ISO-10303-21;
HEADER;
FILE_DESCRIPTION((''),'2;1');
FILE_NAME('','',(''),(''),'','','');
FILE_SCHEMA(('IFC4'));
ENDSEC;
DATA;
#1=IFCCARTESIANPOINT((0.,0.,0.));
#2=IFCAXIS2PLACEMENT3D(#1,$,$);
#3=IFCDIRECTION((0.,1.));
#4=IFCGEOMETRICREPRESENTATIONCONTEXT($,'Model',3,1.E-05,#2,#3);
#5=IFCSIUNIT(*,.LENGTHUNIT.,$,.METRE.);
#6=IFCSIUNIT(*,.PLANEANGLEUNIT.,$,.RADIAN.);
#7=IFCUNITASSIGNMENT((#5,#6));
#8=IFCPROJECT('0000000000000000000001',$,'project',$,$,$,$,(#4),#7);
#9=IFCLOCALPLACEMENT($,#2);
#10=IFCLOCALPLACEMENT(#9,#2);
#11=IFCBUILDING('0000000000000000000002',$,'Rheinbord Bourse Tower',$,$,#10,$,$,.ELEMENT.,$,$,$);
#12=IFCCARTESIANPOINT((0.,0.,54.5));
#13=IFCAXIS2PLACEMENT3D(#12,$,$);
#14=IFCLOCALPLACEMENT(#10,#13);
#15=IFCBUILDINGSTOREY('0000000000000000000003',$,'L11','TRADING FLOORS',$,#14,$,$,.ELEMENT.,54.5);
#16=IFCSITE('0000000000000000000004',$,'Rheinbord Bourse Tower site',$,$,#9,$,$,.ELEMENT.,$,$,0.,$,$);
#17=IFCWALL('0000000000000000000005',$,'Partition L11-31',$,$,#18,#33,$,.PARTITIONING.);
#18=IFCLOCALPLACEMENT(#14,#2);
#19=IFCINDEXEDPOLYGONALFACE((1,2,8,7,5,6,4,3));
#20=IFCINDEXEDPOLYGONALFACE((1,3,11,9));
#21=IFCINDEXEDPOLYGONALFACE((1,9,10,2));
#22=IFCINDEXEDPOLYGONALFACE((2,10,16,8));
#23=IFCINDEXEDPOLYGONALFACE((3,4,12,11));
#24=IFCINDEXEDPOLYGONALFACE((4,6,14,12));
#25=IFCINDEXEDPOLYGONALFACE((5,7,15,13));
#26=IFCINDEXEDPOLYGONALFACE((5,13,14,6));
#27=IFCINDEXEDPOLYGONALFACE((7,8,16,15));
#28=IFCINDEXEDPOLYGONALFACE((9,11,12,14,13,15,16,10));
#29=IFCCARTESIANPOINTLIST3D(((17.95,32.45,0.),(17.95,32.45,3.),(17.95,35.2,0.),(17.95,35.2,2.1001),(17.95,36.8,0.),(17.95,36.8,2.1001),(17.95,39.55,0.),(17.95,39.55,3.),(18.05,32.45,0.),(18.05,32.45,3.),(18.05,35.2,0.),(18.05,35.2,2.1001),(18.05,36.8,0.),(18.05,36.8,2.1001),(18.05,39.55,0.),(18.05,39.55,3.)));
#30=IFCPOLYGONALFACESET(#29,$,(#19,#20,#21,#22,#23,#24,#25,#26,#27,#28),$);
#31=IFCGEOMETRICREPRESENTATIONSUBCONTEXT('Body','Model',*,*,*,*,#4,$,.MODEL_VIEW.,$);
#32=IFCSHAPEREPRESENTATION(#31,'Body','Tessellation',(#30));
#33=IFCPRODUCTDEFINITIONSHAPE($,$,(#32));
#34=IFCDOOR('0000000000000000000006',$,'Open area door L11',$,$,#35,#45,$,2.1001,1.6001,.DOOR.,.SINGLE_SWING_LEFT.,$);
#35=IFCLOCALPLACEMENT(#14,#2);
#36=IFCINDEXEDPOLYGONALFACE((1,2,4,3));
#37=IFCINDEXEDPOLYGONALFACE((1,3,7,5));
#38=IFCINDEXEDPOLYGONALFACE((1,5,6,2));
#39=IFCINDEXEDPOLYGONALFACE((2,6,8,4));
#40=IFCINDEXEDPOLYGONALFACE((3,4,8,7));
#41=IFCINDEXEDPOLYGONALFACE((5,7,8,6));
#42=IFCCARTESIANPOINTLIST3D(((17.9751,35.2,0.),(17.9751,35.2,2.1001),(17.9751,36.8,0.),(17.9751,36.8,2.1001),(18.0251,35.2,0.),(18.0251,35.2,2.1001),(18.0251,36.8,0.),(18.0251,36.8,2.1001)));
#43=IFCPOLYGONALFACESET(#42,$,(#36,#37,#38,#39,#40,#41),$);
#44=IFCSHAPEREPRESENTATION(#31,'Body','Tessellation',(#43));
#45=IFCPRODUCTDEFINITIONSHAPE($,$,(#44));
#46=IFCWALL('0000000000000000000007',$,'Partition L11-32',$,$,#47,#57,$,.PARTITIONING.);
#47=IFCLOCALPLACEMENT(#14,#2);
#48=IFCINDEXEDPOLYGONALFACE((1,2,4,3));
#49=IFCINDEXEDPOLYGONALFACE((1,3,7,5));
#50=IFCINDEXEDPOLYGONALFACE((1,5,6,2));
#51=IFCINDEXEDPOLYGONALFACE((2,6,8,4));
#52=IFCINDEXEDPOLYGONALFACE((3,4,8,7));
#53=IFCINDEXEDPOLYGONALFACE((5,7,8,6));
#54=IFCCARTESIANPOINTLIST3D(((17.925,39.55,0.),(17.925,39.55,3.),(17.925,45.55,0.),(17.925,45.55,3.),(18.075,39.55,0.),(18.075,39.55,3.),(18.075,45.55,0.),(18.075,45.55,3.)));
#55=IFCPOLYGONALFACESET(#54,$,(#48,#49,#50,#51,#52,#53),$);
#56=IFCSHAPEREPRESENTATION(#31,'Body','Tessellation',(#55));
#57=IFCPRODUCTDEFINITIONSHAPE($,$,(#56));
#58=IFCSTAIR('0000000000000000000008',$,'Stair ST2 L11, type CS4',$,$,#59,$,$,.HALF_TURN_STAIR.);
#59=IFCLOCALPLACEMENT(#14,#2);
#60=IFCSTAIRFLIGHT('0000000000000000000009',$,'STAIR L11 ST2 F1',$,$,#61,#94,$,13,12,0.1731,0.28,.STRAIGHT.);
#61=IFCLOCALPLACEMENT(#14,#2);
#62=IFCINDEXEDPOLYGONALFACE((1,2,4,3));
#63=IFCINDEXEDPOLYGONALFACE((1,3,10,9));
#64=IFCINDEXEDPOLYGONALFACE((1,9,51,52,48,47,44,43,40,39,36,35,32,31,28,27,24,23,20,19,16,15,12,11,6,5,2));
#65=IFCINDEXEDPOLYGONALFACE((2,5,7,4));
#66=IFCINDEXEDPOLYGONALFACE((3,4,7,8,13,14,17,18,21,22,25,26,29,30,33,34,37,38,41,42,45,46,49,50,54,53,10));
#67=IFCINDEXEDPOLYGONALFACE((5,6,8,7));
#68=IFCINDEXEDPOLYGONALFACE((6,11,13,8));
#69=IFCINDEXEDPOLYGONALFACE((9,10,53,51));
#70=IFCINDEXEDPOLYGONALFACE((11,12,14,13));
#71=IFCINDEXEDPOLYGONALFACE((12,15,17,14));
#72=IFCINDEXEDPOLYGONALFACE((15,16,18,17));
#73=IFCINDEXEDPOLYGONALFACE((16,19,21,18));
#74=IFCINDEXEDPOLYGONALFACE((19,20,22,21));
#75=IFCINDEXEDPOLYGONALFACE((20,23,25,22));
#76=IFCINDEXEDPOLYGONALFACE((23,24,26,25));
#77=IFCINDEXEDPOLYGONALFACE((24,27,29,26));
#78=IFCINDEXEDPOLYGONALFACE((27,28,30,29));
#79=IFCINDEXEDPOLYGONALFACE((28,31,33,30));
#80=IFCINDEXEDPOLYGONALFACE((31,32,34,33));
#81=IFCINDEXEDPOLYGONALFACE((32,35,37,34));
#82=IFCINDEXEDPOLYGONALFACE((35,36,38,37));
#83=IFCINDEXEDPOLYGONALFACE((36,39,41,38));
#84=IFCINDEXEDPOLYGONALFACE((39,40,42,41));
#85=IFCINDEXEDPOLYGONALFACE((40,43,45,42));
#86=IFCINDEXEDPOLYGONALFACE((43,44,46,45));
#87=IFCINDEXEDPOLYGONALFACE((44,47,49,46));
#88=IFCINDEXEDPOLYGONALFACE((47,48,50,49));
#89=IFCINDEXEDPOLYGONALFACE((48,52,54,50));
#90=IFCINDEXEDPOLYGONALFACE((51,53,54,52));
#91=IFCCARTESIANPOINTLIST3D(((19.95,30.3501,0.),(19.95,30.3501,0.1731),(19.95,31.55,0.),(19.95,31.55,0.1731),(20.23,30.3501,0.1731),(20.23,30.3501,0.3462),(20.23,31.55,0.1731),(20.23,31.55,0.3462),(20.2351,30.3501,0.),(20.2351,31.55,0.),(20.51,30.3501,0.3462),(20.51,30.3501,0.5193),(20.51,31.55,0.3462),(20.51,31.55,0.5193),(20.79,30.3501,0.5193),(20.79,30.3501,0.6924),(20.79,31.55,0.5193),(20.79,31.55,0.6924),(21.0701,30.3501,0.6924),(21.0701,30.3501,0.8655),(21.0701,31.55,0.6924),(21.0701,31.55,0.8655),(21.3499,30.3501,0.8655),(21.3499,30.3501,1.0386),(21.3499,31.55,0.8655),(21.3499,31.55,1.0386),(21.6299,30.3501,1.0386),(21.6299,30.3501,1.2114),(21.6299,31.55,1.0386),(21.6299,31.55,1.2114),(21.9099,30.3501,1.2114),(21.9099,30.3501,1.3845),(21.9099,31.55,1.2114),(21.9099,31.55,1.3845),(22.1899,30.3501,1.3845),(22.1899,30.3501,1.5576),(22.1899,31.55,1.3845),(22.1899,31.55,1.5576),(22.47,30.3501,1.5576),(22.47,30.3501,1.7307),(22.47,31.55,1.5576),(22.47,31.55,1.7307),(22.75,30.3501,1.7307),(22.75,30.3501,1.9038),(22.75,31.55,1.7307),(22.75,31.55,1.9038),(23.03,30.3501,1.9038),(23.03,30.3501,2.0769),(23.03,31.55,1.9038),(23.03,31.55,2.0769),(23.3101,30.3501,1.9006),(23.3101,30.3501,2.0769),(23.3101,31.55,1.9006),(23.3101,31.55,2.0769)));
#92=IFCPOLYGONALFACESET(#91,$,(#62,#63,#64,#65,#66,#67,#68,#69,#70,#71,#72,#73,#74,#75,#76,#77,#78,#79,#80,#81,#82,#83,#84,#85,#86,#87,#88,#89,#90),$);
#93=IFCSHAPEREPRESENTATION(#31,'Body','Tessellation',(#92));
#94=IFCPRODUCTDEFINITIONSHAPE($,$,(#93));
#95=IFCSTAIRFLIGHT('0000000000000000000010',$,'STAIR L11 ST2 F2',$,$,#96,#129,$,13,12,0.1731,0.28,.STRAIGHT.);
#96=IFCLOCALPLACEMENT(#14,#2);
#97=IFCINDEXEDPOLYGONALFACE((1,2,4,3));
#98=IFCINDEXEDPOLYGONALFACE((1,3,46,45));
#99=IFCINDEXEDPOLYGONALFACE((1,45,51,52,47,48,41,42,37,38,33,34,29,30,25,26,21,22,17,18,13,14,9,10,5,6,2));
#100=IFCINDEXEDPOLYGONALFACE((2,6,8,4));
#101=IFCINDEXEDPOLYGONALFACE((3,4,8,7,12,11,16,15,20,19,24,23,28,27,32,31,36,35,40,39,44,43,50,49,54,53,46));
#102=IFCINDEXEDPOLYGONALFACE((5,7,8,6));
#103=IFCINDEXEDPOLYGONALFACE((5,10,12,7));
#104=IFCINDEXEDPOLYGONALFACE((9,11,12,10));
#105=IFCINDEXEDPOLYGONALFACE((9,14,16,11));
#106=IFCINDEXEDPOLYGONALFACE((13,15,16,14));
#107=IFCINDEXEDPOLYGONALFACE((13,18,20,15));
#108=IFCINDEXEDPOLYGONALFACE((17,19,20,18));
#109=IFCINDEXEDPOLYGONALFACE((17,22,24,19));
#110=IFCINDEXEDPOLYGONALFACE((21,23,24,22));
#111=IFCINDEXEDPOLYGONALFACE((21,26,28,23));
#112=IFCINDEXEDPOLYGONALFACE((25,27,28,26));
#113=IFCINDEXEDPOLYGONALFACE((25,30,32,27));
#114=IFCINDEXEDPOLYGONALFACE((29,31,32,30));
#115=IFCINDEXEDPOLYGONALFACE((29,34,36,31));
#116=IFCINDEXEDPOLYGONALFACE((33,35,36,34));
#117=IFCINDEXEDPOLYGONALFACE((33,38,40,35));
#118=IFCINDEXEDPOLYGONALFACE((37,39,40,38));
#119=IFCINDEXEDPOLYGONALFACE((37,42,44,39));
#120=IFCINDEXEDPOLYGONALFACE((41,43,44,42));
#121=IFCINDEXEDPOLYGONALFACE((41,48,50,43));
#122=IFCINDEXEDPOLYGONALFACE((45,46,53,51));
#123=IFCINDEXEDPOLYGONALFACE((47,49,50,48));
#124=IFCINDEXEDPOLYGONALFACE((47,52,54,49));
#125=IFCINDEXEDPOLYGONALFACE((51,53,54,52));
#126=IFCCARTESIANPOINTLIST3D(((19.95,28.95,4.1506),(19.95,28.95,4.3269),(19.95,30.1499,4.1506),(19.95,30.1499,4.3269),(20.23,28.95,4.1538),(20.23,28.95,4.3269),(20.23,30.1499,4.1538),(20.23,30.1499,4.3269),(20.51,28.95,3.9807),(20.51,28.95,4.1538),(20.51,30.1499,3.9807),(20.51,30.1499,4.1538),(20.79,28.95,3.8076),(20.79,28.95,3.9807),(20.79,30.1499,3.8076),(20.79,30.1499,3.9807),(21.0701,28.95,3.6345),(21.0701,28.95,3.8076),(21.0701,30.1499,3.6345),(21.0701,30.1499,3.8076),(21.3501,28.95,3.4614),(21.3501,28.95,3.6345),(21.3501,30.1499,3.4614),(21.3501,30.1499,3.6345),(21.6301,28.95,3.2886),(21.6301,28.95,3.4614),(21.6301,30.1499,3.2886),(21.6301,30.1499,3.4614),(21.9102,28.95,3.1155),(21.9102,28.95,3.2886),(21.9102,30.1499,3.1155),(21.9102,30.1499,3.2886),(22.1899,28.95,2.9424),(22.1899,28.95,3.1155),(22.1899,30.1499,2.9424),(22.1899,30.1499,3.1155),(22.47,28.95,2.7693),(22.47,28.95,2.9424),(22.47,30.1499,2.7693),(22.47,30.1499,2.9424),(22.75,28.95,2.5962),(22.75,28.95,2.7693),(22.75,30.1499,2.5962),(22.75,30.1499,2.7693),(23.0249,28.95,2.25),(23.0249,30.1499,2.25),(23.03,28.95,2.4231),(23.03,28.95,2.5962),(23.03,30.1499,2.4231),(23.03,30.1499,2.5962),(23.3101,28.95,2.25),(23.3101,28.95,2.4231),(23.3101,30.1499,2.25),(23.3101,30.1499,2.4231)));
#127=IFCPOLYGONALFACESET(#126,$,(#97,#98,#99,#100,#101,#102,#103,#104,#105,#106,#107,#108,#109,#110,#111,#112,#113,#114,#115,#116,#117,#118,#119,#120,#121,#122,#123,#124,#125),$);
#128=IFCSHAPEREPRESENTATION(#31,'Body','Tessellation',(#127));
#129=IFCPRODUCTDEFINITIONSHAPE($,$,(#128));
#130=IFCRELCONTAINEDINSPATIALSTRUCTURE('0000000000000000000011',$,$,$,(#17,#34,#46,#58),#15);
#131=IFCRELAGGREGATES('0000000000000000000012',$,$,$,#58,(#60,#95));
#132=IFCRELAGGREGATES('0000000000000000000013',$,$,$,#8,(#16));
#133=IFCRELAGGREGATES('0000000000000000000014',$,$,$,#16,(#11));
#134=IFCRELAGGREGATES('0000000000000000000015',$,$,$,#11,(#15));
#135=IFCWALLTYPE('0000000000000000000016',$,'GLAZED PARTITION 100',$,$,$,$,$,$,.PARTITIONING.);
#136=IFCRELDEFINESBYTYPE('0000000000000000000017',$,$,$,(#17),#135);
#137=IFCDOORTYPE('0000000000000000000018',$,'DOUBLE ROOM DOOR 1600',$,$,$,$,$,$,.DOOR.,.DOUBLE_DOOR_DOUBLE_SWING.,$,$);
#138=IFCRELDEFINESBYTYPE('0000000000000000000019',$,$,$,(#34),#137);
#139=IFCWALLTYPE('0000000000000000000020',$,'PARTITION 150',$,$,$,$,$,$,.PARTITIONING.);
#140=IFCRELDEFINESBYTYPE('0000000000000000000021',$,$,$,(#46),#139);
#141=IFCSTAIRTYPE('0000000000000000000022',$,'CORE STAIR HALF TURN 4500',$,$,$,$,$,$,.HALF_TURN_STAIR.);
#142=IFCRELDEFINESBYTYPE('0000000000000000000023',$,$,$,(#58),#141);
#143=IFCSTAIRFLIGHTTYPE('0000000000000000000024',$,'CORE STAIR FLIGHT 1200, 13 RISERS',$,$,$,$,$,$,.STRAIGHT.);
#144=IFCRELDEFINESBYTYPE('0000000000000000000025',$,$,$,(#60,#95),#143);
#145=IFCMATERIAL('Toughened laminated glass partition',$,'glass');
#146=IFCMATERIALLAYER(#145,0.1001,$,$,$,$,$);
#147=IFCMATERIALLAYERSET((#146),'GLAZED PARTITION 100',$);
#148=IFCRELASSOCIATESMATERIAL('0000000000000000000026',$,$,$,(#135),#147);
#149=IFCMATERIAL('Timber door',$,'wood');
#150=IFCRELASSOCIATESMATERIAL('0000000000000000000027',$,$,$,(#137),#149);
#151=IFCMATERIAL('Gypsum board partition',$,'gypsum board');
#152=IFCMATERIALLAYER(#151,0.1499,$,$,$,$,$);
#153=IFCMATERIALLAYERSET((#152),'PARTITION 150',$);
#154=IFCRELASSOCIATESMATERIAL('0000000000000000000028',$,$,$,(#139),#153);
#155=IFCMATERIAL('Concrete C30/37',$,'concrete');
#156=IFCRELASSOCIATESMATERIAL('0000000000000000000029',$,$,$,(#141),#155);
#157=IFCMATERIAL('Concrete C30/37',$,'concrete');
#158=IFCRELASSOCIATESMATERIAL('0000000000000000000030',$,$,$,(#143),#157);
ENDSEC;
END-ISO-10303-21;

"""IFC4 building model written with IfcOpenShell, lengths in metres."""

from ifc_helpers import new_model, si_unit, direction, frame, frame_2d, origin, place, context, subcontext, project, spatial, polyline, rectangle, outline, extrude, material, layer, layer_set, type_object, element, fill, aggregate, save


model = new_model("IFC4")

# Units and contexts
model_context = context("Model", 3, precision=1e-05, world=origin(), true_north=direction((0.0, 1.0)))
body_context = subcontext(model_context, "Body", "Model", "MODEL_VIEW")
ifc_project = project(units=[si_unit("LENGTHUNIT", "METRE"), si_unit("PLANEANGLEUNIT", "RADIAN")], contexts=[model_context])

# Site, building, storey
site_placement = place(None, origin())
site = spatial("IfcSite", under=ifc_project, at=site_placement, Name="Rheinbord Bourse Tower site", CompositionType="ELEMENT", RefElevation=0.0)
building_placement = place(site_placement, origin())
building = spatial("IfcBuilding", under=site, at=building_placement, Name="Rheinbord Bourse Tower", CompositionType="ELEMENT")
storey_placement = place(building_placement, frame((0.0, 0.0, 54.5)))
storey = spatial("IfcBuildingStorey", under=building, at=storey_placement, Name="L11", Description="TRADING FLOORS", CompositionType="ELEMENT", Elevation=54.5)

# Wall, opening, door
ifc_material_1 = material(Name="Toughened laminated glass partition", Category="glass")
ifc_layer_1 = layer(ifc_material_1, 0.1001)
ifc_layer_set_1 = layer_set([ifc_layer_1], Name="GLAZED PARTITION 100")
wall_type_1 = type_object("IfcWallType", Name="GLAZED PARTITION 100", PredefinedType="PARTITIONING", material=ifc_layer_set_1)
wall_1_placement = place(storey_placement, frame((18.0, 32.45, 0.0), z_axis=(0.0, 0.0, 1.0), x_axis=(0.0, 1.0, 0.0)))
wall_1 = element("IfcWall", 1, at=wall_1_placement, inside=storey, type_object=wall_type_1, Name="Partition L11-31", PredefinedType="PARTITIONING", context=body_context, shape_type="SweptSolid", body=[
    extrude(rectangle(XDim=7.1001, YDim=0.1001, at=frame_2d((3.55, 0.0))), origin(), (0.0, 0.0, 1.0), 3.0),
])
opening_1_placement = place(wall_1_placement, frame((2.75, 0.0, 0.0)))
opening_1 = element("IfcOpeningElement", 2, at=opening_1_placement, cuts=wall_1, PredefinedType="OPENING", context=body_context, shape_type="SweptSolid", body=[
    extrude(rectangle(XDim=1.6001, YDim=2.1001, at=frame_2d((0.8, 1.05))), frame((0.0, 0.0601, 0.0), z_axis=(0.0, -1.0, 0.0), x_axis=(1.0, 0.0, 0.0)), (0.0, 0.0, 1.0), 0.1201),
])
ifc_material_2 = material(Name="Timber door", Category="wood")
door_type_1 = type_object("IfcDoorType", Name="DOUBLE ROOM DOOR 1600", OperationType="DOUBLE_DOOR_DOUBLE_SWING", PredefinedType="DOOR", material=ifc_material_2)
door_1_placement = place(opening_1_placement, origin())
door_1 = element("IfcDoor", 3, at=door_1_placement, inside=storey, type_object=door_type_1, Name="Open area door L11", OperationType="SINGLE_SWING_LEFT", OverallHeight=2.1001, OverallWidth=1.6001, PredefinedType="DOOR", context=body_context, shape_type="SweptSolid", body=[
    extrude(rectangle(XDim=1.6001, YDim=2.1001, at=frame_2d((0.8, 1.05))), frame((0.0, 0.0249, 0.0), z_axis=(0.0, -1.0, 0.0), x_axis=(1.0, 0.0, 0.0)), (0.0, 0.0, 1.0), 0.05),
])
fill(opening_1, door_1)

# Wall
ifc_material_3 = material(Name="Gypsum board partition", Category="gypsum board")
ifc_layer_2 = layer(ifc_material_3, 0.1499)
ifc_layer_set_2 = layer_set([ifc_layer_2], Name="PARTITION 150")
wall_type_2 = type_object("IfcWallType", Name="PARTITION 150", PredefinedType="PARTITIONING", material=ifc_layer_set_2)
wall_2_placement = place(storey_placement, frame((18.0, 39.55, 0.0), z_axis=(0.0, 0.0, 1.0), x_axis=(0.0, 1.0, 0.0)))
element("IfcWall", 4, at=wall_2_placement, inside=storey, type_object=wall_type_2, Name="Partition L11-32", PredefinedType="PARTITIONING", context=body_context, shape_type="SweptSolid", body=[
    extrude(rectangle(XDim=6.0, YDim=0.1499, at=frame_2d((3.0, 0.0))), origin(), (0.0, 0.0, 1.0), 3.0),
])

# Stair, stair flights
ifc_material_4 = material(Name="Concrete C30/37", Category="concrete")
stair_type = type_object("IfcStairType", Name="CORE STAIR HALF TURN 4500", PredefinedType="HALF_TURN_STAIR", material=ifc_material_4)
stair_placement = place(storey_placement, origin())
stair = element("IfcStair", 5, at=stair_placement, inside=storey, type_object=stair_type, Name="Stair ST2 L11, type CS4", PredefinedType="HALF_TURN_STAIR")
ifc_material_5 = material(Name="Concrete C30/37", Category="concrete")
stair_flight_type = type_object("IfcStairFlightType", Name="CORE STAIR FLIGHT 1200, 13 RISERS", PredefinedType="STRAIGHT", material=ifc_material_5)
stair_flight_1_placement = place(storey_placement, frame((19.95, 30.95, 0.0), z_axis=(0.0, 0.0, 1.0), x_axis=(1.0, 0.0, 0.0)))
stair_flight_1 = element("IfcStairFlight", 6, at=stair_flight_1_placement, type_object=stair_flight_type, Name="STAIR L11 ST2 F1", NumberOfRisers=13, NumberOfTreads=12, PredefinedType="STRAIGHT", RiserHeight=0.1731, TreadLength=0.28, context=body_context, shape_type="SweptSolid", body=[
    extrude(outline(polyline([(0.0, 0.0), (0.0, 0.1731), (0.28, 0.1731), (0.28, 0.3462), (0.5601, 0.3462), (0.5601, 0.5193), (0.8401, 0.5193), (0.8401, 0.6924), (1.1201, 0.6924), (1.1201, 0.8655), (1.3999, 0.8655), (1.3999, 1.0386), (1.6799, 1.0386), (1.6799, 1.2114), (1.96, 1.2114), (1.96, 1.3845), (2.24, 1.3845), (2.24, 1.5576), (2.52, 1.5576), (2.52, 1.7307), (2.8, 1.7307), (2.8, 1.9038), (3.0801, 1.9038), (3.0801, 2.0769), (3.3601, 2.0769), (3.3601, 2.25), (3.3601, 1.9006), (0.2852, 0.0), (0.0, 0.0)])), frame((0.0, 0.6001, 0.0), z_axis=(0.0, -1.0, 0.0), x_axis=(1.0, 0.0, 0.0)), (0.0, 0.0, 1.0), 1.2),
])
stair_flight_2_placement = place(storey_placement, frame((23.3101, 29.55, 2.25), z_axis=(0.0, 0.0, 1.0), x_axis=(-1.0, 0.0, 0.0)))
stair_flight_2 = element("IfcStairFlight", 7, at=stair_flight_2_placement, type_object=stair_flight_type, Name="STAIR L11 ST2 F2", NumberOfRisers=13, NumberOfTreads=12, PredefinedType="STRAIGHT", RiserHeight=0.1731, TreadLength=0.28, context=body_context, shape_type="SweptSolid", body=[
    extrude(outline(polyline([(0.0, 0.0), (0.0, 0.1731), (0.28, 0.1731), (0.28, 0.3462), (0.5601, 0.3462), (0.5601, 0.5193), (0.8401, 0.5193), (0.8401, 0.6924), (1.1201, 0.6924), (1.1201, 0.8655), (1.3999, 0.8655), (1.3999, 1.0386), (1.6799, 1.0386), (1.6799, 1.2114), (1.96, 1.2114), (1.96, 1.3845), (2.24, 1.3845), (2.24, 1.5576), (2.52, 1.5576), (2.52, 1.7307), (2.8, 1.7307), (2.8, 1.9038), (3.0801, 1.9038), (3.0801, 2.0769), (3.3601, 2.0769), (3.3601, 2.25), (3.3601, 1.9006), (0.2852, 0.0), (0.0, 0.0)])), frame((0.0, 0.6001, 0.0), z_axis=(0.0, -1.0, 0.0), x_axis=(1.0, 0.0, 0.0)), (0.0, 0.0, 1.0), 1.2),
])
aggregate(stair, [stair_flight_1, stair_flight_2])

save(model, "model.ifc")
